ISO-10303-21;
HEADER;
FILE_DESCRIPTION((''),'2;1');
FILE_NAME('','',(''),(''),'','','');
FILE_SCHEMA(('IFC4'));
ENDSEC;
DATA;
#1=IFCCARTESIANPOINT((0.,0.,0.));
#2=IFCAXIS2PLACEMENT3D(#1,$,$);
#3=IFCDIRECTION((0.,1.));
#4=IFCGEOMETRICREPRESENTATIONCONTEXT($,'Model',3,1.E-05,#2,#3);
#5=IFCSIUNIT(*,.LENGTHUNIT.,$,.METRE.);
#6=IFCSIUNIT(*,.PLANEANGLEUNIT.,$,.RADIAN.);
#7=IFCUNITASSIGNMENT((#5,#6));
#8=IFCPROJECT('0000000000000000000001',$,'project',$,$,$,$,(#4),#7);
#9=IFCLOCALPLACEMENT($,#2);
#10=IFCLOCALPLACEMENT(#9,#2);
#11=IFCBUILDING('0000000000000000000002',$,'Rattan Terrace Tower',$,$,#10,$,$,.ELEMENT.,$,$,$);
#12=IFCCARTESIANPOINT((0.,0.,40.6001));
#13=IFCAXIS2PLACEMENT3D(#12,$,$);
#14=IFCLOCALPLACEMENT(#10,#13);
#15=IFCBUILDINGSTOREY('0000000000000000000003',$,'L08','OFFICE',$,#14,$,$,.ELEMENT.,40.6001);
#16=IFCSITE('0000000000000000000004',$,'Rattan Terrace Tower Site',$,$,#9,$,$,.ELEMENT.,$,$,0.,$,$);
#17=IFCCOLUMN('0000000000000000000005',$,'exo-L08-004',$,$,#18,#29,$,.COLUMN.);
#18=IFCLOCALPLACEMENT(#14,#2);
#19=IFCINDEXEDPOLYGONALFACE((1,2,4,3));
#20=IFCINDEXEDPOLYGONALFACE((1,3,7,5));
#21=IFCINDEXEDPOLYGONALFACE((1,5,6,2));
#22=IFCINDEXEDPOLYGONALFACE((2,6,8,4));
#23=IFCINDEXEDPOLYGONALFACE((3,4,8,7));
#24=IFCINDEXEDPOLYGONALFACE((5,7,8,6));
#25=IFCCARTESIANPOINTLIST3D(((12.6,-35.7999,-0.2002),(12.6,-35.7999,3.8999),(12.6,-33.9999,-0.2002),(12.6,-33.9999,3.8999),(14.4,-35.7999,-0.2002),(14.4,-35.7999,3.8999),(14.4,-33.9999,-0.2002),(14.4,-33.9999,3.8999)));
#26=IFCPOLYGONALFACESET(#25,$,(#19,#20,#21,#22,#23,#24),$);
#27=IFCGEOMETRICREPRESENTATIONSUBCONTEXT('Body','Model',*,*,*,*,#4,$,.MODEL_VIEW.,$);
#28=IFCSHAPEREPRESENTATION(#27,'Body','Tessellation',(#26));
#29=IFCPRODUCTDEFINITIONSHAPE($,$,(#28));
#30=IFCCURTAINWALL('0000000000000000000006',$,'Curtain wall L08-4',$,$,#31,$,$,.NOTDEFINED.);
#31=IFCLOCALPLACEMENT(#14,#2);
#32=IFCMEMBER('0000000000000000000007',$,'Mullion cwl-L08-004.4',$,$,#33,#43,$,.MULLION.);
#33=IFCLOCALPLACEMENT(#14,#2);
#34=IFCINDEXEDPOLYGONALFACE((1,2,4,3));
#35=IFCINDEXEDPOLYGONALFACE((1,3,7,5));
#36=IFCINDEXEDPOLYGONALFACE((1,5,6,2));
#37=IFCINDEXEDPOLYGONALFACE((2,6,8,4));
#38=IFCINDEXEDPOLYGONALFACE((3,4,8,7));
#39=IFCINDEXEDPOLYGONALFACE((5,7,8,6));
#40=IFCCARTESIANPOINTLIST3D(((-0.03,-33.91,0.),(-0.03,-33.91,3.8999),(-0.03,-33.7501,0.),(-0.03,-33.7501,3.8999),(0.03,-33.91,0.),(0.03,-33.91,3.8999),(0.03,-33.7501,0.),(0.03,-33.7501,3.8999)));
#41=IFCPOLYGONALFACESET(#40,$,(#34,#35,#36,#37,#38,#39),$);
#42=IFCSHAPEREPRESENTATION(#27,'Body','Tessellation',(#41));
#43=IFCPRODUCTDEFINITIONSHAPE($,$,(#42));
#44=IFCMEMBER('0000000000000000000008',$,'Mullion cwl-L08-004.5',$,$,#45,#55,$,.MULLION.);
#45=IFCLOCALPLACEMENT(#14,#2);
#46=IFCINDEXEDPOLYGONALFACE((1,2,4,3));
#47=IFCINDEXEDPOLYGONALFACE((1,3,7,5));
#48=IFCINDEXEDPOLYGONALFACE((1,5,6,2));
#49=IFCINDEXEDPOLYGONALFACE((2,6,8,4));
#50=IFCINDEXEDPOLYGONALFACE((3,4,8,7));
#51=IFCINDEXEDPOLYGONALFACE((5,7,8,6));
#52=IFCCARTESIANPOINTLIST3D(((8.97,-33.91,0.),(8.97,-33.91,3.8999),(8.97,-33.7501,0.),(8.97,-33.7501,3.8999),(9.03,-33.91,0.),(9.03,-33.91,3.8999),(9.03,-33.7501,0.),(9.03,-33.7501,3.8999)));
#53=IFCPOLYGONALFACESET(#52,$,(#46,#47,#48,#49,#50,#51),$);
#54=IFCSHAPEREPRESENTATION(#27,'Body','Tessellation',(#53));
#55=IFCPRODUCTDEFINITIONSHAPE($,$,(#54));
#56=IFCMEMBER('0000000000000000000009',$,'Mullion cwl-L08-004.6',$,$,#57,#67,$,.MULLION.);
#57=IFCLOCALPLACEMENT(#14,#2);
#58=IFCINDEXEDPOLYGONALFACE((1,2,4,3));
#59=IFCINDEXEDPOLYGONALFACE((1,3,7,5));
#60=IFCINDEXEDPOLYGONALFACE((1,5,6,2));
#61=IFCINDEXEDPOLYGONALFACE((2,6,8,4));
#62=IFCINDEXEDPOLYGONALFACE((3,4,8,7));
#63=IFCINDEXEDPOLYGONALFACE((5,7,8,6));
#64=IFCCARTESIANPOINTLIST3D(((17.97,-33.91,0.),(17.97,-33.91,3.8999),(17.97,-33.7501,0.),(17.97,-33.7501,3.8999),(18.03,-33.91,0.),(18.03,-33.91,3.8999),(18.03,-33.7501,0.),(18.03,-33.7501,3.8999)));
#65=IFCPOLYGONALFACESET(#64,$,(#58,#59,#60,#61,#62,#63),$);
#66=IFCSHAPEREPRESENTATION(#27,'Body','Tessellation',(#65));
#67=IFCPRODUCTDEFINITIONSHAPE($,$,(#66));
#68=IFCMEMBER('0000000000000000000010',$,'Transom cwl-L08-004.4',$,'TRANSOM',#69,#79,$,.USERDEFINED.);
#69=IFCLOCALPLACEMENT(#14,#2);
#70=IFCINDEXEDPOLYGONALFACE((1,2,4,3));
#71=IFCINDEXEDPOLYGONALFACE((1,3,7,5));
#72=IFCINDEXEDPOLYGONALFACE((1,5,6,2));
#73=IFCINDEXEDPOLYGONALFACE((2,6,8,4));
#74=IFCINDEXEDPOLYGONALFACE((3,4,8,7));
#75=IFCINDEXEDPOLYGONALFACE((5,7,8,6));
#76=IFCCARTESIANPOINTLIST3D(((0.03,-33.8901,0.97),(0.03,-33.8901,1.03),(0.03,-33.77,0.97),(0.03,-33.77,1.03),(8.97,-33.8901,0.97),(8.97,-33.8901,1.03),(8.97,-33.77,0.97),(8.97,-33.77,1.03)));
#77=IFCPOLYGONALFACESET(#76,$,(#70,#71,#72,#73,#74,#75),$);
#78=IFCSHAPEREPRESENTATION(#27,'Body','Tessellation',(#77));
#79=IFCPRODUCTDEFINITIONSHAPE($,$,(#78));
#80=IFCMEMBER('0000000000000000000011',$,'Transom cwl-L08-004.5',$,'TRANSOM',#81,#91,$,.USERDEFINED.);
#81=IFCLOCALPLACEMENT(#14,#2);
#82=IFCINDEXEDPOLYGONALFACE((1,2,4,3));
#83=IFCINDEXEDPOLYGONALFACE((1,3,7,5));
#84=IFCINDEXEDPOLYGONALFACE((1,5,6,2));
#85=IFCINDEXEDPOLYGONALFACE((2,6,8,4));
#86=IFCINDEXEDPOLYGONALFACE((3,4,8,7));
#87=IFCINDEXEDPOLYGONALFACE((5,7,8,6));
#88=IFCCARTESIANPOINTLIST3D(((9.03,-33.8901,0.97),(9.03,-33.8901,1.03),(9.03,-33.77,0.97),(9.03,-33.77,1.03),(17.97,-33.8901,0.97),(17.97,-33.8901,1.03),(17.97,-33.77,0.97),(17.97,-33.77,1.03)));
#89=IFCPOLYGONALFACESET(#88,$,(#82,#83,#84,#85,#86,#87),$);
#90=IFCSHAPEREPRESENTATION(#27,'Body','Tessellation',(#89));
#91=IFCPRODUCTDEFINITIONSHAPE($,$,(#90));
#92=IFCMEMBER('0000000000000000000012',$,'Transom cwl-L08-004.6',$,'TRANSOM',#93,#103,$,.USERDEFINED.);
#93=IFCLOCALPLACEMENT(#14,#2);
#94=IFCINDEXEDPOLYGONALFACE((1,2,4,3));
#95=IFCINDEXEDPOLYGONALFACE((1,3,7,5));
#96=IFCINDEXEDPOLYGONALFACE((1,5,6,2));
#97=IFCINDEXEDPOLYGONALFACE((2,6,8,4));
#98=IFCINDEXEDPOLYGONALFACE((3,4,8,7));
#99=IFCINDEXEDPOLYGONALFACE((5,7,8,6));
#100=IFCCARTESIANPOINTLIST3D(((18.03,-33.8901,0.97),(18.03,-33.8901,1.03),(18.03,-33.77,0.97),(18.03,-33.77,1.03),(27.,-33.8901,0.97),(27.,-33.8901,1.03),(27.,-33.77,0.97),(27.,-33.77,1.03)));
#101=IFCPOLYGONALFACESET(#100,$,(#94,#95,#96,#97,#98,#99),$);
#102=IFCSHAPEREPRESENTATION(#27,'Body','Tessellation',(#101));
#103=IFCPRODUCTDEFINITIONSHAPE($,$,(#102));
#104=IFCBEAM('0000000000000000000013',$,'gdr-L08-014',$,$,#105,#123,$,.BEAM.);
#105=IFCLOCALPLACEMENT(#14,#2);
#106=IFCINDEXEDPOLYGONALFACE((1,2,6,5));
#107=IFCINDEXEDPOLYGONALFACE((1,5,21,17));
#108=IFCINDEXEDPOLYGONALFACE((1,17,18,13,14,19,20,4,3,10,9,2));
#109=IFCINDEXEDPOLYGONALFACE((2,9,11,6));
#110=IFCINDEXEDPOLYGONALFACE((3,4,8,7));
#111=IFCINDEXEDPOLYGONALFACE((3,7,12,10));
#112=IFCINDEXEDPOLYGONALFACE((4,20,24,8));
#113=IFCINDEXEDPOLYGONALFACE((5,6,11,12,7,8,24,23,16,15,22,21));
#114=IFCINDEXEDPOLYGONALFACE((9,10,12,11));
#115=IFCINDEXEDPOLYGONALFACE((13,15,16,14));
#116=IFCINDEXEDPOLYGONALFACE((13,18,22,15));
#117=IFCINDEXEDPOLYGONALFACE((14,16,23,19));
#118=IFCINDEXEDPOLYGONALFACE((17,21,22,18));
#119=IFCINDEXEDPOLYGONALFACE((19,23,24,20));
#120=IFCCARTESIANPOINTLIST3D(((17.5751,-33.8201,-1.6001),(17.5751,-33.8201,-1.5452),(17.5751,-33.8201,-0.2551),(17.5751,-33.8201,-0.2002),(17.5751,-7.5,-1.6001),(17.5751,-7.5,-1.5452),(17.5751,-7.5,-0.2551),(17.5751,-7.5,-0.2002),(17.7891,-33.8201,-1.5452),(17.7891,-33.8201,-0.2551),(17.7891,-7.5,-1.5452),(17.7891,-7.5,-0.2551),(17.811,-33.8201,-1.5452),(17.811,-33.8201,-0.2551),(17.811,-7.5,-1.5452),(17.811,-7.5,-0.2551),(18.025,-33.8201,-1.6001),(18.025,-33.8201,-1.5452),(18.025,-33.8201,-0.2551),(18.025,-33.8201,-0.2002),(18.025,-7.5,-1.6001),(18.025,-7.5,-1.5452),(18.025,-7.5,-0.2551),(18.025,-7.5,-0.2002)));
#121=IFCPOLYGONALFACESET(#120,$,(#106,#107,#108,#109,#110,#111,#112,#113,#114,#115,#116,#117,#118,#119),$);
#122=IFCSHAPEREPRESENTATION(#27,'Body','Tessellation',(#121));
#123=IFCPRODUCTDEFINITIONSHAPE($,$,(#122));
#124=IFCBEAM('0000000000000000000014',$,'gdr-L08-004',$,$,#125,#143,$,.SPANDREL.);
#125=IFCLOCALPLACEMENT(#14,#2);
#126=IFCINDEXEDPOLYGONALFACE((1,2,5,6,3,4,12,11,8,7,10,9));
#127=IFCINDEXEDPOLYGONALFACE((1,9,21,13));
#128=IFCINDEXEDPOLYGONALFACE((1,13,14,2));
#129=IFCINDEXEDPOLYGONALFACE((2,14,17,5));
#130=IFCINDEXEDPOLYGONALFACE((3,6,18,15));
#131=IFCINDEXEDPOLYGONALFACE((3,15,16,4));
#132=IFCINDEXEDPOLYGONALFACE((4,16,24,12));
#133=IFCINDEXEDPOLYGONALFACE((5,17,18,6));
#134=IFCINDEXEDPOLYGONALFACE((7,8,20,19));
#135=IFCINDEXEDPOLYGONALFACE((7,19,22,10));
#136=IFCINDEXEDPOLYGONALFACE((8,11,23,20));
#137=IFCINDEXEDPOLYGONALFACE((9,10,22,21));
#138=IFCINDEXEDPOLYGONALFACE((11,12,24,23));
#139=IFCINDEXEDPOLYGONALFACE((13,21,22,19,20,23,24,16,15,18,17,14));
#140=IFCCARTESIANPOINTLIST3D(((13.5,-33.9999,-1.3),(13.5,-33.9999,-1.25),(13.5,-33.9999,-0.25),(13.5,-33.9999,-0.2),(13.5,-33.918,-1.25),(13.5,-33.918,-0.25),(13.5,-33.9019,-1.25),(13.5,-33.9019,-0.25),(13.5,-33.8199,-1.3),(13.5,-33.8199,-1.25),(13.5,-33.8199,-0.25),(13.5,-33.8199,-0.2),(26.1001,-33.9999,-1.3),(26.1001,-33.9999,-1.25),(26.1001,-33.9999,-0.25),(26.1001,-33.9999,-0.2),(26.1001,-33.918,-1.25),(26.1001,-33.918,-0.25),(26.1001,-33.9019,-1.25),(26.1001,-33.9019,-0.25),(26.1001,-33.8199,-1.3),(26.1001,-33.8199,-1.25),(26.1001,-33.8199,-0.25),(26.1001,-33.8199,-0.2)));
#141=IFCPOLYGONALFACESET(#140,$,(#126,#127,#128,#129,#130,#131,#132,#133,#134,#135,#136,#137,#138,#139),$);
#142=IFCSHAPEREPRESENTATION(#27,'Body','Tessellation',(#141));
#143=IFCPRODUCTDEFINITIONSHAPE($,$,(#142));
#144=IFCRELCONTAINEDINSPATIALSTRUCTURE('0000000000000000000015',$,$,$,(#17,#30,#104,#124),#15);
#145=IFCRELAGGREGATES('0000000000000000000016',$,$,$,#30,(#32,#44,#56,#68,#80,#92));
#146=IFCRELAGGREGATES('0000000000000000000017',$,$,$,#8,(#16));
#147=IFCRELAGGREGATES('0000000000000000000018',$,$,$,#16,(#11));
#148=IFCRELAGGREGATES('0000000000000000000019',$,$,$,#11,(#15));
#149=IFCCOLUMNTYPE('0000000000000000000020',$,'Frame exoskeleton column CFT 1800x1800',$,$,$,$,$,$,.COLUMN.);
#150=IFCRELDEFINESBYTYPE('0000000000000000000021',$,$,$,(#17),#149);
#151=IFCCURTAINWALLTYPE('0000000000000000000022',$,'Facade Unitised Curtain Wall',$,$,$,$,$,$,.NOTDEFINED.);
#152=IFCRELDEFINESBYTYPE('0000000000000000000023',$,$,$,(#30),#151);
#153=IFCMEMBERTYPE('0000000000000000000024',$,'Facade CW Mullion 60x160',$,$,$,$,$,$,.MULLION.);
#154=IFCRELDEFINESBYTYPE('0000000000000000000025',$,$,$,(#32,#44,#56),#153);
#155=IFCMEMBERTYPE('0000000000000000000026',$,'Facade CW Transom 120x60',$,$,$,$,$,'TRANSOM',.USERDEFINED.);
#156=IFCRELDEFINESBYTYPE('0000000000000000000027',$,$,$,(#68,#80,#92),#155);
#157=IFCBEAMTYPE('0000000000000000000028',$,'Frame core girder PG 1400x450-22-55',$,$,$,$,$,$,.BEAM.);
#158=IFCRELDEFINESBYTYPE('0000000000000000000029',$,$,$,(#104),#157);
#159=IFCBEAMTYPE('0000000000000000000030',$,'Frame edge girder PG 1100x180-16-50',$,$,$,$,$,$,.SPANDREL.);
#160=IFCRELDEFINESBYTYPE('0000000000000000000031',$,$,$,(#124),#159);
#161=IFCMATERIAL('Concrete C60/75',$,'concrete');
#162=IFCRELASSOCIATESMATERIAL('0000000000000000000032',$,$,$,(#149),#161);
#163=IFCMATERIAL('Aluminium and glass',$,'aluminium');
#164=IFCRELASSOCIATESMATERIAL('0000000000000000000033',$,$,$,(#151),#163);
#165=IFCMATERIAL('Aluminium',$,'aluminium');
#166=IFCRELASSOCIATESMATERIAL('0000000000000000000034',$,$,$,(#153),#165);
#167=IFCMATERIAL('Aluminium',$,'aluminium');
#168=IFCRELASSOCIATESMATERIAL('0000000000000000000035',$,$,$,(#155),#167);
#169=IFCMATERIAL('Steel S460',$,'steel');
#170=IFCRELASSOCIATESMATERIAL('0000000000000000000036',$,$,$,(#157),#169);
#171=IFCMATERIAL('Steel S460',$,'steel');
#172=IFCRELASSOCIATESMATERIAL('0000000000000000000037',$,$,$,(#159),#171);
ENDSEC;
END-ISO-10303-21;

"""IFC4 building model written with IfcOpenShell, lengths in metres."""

from ifc_helpers import new_model, si_unit, direction, frame, origin, origin_2d, place, context, subcontext, project, spatial, rectangle, i_section, extrude, material, material_profile, profile_set, type_object, element, aggregate, save


model = new_model("IFC4")

# Units and contexts
model_context = context("Model", 3, precision=1e-05, world=origin(), true_north=direction((0.0, 1.0)))
body_context = subcontext(model_context, "Body", "Model", "MODEL_VIEW")
ifc_project = project(units=[si_unit("LENGTHUNIT", "METRE"), si_unit("PLANEANGLEUNIT", "RADIAN")], contexts=[model_context])

# Site, building, storey
site_placement = place(None, origin())
site = spatial("IfcSite", under=ifc_project, at=site_placement, Name="Rattan Terrace Tower Site", CompositionType="ELEMENT", RefElevation=0.0)
building_placement = place(site_placement, origin())
building = spatial("IfcBuilding", under=site, at=building_placement, Name="Rattan Terrace Tower", CompositionType="ELEMENT")
storey_placement = place(building_placement, frame((0.0, 0.0, 40.6001)))
storey = spatial("IfcBuildingStorey", under=building, at=storey_placement, Name="L08", Description="OFFICE", CompositionType="ELEMENT", Elevation=40.6001)

# Column
ifc_material_1 = material(Name="Concrete C60/75", Category="concrete")
ifc_material_profile_1 = material_profile(ifc_material_1, rectangle(XDim=1.8, YDim=1.8, at=origin_2d()), Name="CFT 1800x1800")
ifc_profile_set_1 = profile_set([ifc_material_profile_1], Name="Concrete C60/75")
column_type = type_object("IfcColumnType", Name="Frame exoskeleton column CFT 1800x1800", PredefinedType="COLUMN", material=ifc_profile_set_1)
column_placement = place(storey_placement, frame((13.5, -34.8999, -0.2002), z_axis=(0.0, 0.0, 1.0), x_axis=(1.0, 0.0, 0.0)))
element("IfcColumn", 1, at=column_placement, inside=storey, type_object=column_type, Name="exo-L08-004", PredefinedType="COLUMN", context=body_context, shape_type="SweptSolid", body=[
    extrude(rectangle(XDim=1.8, YDim=1.8, at=origin_2d()), origin(), (0.0, 0.0, 1.0), 4.1001),
])

# Curtain wall, members
ifc_material_2 = material(Name="Aluminium and glass", Category="aluminium")
curtain_wall_type = type_object("IfcCurtainWallType", Name="Facade Unitised Curtain Wall", PredefinedType="NOTDEFINED", material=ifc_material_2)
curtain_wall_placement = place(storey_placement, origin())
curtain_wall = element("IfcCurtainWall", 2, at=curtain_wall_placement, inside=storey, type_object=curtain_wall_type, Name="Curtain wall L08-4", PredefinedType="NOTDEFINED")
ifc_material_3 = material(Name="Aluminium", Category="aluminium")
ifc_material_profile_2 = material_profile(ifc_material_3, rectangle(XDim=0.0601, YDim=0.1599, at=origin_2d()), Name="Aluminium 60x160")
ifc_profile_set_2 = profile_set([ifc_material_profile_2], Name="Aluminium")
member_type_1 = type_object("IfcMemberType", Name="Facade CW Mullion 60x160", PredefinedType="MULLION", material=ifc_profile_set_2)
member_1_placement = place(storey_placement, frame((0.0, -33.8301, 0.0), z_axis=(0.0, 0.0, 1.0), x_axis=(1.0, 0.0, 0.0)))
member_1 = element("IfcMember", 3, at=member_1_placement, type_object=member_type_1, Name="Mullion cwl-L08-004.4", PredefinedType="MULLION", context=body_context, shape_type="SweptSolid", body=[
    extrude(rectangle(XDim=0.0601, YDim=0.1599, at=origin_2d()), origin(), (0.0, 0.0, 1.0), 3.8999),
])
member_2_placement = place(storey_placement, frame((9.0, -33.8301, 0.0), z_axis=(0.0, 0.0, 1.0), x_axis=(1.0, 0.0, 0.0)))
member_2 = element("IfcMember", 4, at=member_2_placement, type_object=member_type_1, Name="Mullion cwl-L08-004.5", PredefinedType="MULLION", context=body_context, shape_type="SweptSolid", body=[
    extrude(rectangle(XDim=0.0601, YDim=0.1599, at=origin_2d()), origin(), (0.0, 0.0, 1.0), 3.8999),
])
member_3_placement = place(storey_placement, frame((18.0, -33.8301, 0.0), z_axis=(0.0, 0.0, 1.0), x_axis=(1.0, 0.0, 0.0)))
member_3 = element("IfcMember", 5, at=member_3_placement, type_object=member_type_1, Name="Mullion cwl-L08-004.6", PredefinedType="MULLION", context=body_context, shape_type="SweptSolid", body=[
    extrude(rectangle(XDim=0.0601, YDim=0.1599, at=origin_2d()), origin(), (0.0, 0.0, 1.0), 3.8999),
])
ifc_material_4 = material(Name="Aluminium", Category="aluminium")
ifc_material_profile_3 = material_profile(ifc_material_4, rectangle(XDim=0.1201, YDim=0.0601, at=origin_2d()), Name="Aluminium 120x60")
ifc_profile_set_3 = profile_set([ifc_material_profile_3], Name="Aluminium")
member_type_2 = type_object("IfcMemberType", Name="Facade CW Transom 120x60", ElementType="TRANSOM", PredefinedType="USERDEFINED", material=ifc_profile_set_3)
member_4_placement = place(storey_placement, frame((0.03, -33.8301, 1.0), z_axis=(1.0, 0.0, 0.0), x_axis=(0.0, 1.0, 0.0)))
member_4 = element("IfcMember", 6, at=member_4_placement, type_object=member_type_2, Name="Transom cwl-L08-004.4", ObjectType="TRANSOM", PredefinedType="USERDEFINED", context=body_context, shape_type="SweptSolid", body=[
    extrude(rectangle(XDim=0.1201, YDim=0.0601, at=origin_2d()), origin(), (0.0, 0.0, 1.0), 8.9399),
])
member_5_placement = place(storey_placement, frame((9.03, -33.8301, 1.0), z_axis=(1.0, 0.0, 0.0), x_axis=(0.0, 1.0, 0.0)))
member_5 = element("IfcMember", 7, at=member_5_placement, type_object=member_type_2, Name="Transom cwl-L08-004.5", ObjectType="TRANSOM", PredefinedType="USERDEFINED", context=body_context, shape_type="SweptSolid", body=[
    extrude(rectangle(XDim=0.1201, YDim=0.0601, at=origin_2d()), origin(), (0.0, 0.0, 1.0), 8.9399),
])
member_6_placement = place(storey_placement, frame((18.03, -33.8301, 1.0), z_axis=(1.0, 0.0, 0.0), x_axis=(0.0, 1.0, 0.0)))
member_6 = element("IfcMember", 8, at=member_6_placement, type_object=member_type_2, Name="Transom cwl-L08-004.6", ObjectType="TRANSOM", PredefinedType="USERDEFINED", context=body_context, shape_type="SweptSolid", body=[
    extrude(rectangle(XDim=0.1201, YDim=0.0601, at=origin_2d()), origin(), (0.0, 0.0, 1.0), 8.97),
])

# Beams
ifc_material_5 = material(Name="Steel S460", Category="steel")
ifc_material_profile_4 = material_profile(ifc_material_5, i_section(OverallWidth=0.45, OverallDepth=1.3999, WebThickness=0.022, FlangeThickness=0.0549, at=origin_2d()), Name="PG 1400x450-22-55")
ifc_profile_set_4 = profile_set([ifc_material_profile_4], Name="Steel S460")
beam_type_1 = type_object("IfcBeamType", Name="Frame core girder PG 1400x450-22-55", PredefinedType="BEAM", material=ifc_profile_set_4)
beam_1_placement = place(storey_placement, frame((17.8, -33.8201, -0.9001), z_axis=(0.0, 1.0, 0.0), x_axis=(-1.0, 0.0, 0.0)))
element("IfcBeam", 9, at=beam_1_placement, inside=storey, type_object=beam_type_1, Name="gdr-L08-014", PredefinedType="BEAM", context=body_context, shape_type="SweptSolid", body=[
    extrude(i_section(OverallWidth=0.45, OverallDepth=1.3999, WebThickness=0.022, FlangeThickness=0.0549, at=origin_2d()), origin(), (0.0, 0.0, 1.0), 26.3201),
])
ifc_material_6 = material(Name="Steel S460", Category="steel")
ifc_material_profile_5 = material_profile(ifc_material_6, i_section(OverallWidth=0.1799, OverallDepth=1.1001, WebThickness=0.0161, FlangeThickness=0.05, at=origin_2d()), Name="PG 1100x180-16-50")
ifc_profile_set_5 = profile_set([ifc_material_profile_5], Name="Steel S460")
beam_type_2 = type_object("IfcBeamType", Name="Frame edge girder PG 1100x180-16-50", PredefinedType="SPANDREL", material=ifc_profile_set_5)
beam_2_placement = place(storey_placement, frame((13.5, -33.9099, -0.75), z_axis=(1.0, 0.0, 0.0), x_axis=(0.0, 1.0, 0.0)))
element("IfcBeam", 10, at=beam_2_placement, inside=storey, type_object=beam_type_2, Name="gdr-L08-004", PredefinedType="SPANDREL", context=body_context, shape_type="SweptSolid", body=[
    extrude(i_section(OverallWidth=0.1799, OverallDepth=1.1001, WebThickness=0.0161, FlangeThickness=0.05, at=origin_2d()), origin(), (0.0, 0.0, 1.0), 12.6001),
])

aggregate(curtain_wall, [member_1, member_2, member_3, member_4, member_5, member_6])

save(model, "model.ifc")
